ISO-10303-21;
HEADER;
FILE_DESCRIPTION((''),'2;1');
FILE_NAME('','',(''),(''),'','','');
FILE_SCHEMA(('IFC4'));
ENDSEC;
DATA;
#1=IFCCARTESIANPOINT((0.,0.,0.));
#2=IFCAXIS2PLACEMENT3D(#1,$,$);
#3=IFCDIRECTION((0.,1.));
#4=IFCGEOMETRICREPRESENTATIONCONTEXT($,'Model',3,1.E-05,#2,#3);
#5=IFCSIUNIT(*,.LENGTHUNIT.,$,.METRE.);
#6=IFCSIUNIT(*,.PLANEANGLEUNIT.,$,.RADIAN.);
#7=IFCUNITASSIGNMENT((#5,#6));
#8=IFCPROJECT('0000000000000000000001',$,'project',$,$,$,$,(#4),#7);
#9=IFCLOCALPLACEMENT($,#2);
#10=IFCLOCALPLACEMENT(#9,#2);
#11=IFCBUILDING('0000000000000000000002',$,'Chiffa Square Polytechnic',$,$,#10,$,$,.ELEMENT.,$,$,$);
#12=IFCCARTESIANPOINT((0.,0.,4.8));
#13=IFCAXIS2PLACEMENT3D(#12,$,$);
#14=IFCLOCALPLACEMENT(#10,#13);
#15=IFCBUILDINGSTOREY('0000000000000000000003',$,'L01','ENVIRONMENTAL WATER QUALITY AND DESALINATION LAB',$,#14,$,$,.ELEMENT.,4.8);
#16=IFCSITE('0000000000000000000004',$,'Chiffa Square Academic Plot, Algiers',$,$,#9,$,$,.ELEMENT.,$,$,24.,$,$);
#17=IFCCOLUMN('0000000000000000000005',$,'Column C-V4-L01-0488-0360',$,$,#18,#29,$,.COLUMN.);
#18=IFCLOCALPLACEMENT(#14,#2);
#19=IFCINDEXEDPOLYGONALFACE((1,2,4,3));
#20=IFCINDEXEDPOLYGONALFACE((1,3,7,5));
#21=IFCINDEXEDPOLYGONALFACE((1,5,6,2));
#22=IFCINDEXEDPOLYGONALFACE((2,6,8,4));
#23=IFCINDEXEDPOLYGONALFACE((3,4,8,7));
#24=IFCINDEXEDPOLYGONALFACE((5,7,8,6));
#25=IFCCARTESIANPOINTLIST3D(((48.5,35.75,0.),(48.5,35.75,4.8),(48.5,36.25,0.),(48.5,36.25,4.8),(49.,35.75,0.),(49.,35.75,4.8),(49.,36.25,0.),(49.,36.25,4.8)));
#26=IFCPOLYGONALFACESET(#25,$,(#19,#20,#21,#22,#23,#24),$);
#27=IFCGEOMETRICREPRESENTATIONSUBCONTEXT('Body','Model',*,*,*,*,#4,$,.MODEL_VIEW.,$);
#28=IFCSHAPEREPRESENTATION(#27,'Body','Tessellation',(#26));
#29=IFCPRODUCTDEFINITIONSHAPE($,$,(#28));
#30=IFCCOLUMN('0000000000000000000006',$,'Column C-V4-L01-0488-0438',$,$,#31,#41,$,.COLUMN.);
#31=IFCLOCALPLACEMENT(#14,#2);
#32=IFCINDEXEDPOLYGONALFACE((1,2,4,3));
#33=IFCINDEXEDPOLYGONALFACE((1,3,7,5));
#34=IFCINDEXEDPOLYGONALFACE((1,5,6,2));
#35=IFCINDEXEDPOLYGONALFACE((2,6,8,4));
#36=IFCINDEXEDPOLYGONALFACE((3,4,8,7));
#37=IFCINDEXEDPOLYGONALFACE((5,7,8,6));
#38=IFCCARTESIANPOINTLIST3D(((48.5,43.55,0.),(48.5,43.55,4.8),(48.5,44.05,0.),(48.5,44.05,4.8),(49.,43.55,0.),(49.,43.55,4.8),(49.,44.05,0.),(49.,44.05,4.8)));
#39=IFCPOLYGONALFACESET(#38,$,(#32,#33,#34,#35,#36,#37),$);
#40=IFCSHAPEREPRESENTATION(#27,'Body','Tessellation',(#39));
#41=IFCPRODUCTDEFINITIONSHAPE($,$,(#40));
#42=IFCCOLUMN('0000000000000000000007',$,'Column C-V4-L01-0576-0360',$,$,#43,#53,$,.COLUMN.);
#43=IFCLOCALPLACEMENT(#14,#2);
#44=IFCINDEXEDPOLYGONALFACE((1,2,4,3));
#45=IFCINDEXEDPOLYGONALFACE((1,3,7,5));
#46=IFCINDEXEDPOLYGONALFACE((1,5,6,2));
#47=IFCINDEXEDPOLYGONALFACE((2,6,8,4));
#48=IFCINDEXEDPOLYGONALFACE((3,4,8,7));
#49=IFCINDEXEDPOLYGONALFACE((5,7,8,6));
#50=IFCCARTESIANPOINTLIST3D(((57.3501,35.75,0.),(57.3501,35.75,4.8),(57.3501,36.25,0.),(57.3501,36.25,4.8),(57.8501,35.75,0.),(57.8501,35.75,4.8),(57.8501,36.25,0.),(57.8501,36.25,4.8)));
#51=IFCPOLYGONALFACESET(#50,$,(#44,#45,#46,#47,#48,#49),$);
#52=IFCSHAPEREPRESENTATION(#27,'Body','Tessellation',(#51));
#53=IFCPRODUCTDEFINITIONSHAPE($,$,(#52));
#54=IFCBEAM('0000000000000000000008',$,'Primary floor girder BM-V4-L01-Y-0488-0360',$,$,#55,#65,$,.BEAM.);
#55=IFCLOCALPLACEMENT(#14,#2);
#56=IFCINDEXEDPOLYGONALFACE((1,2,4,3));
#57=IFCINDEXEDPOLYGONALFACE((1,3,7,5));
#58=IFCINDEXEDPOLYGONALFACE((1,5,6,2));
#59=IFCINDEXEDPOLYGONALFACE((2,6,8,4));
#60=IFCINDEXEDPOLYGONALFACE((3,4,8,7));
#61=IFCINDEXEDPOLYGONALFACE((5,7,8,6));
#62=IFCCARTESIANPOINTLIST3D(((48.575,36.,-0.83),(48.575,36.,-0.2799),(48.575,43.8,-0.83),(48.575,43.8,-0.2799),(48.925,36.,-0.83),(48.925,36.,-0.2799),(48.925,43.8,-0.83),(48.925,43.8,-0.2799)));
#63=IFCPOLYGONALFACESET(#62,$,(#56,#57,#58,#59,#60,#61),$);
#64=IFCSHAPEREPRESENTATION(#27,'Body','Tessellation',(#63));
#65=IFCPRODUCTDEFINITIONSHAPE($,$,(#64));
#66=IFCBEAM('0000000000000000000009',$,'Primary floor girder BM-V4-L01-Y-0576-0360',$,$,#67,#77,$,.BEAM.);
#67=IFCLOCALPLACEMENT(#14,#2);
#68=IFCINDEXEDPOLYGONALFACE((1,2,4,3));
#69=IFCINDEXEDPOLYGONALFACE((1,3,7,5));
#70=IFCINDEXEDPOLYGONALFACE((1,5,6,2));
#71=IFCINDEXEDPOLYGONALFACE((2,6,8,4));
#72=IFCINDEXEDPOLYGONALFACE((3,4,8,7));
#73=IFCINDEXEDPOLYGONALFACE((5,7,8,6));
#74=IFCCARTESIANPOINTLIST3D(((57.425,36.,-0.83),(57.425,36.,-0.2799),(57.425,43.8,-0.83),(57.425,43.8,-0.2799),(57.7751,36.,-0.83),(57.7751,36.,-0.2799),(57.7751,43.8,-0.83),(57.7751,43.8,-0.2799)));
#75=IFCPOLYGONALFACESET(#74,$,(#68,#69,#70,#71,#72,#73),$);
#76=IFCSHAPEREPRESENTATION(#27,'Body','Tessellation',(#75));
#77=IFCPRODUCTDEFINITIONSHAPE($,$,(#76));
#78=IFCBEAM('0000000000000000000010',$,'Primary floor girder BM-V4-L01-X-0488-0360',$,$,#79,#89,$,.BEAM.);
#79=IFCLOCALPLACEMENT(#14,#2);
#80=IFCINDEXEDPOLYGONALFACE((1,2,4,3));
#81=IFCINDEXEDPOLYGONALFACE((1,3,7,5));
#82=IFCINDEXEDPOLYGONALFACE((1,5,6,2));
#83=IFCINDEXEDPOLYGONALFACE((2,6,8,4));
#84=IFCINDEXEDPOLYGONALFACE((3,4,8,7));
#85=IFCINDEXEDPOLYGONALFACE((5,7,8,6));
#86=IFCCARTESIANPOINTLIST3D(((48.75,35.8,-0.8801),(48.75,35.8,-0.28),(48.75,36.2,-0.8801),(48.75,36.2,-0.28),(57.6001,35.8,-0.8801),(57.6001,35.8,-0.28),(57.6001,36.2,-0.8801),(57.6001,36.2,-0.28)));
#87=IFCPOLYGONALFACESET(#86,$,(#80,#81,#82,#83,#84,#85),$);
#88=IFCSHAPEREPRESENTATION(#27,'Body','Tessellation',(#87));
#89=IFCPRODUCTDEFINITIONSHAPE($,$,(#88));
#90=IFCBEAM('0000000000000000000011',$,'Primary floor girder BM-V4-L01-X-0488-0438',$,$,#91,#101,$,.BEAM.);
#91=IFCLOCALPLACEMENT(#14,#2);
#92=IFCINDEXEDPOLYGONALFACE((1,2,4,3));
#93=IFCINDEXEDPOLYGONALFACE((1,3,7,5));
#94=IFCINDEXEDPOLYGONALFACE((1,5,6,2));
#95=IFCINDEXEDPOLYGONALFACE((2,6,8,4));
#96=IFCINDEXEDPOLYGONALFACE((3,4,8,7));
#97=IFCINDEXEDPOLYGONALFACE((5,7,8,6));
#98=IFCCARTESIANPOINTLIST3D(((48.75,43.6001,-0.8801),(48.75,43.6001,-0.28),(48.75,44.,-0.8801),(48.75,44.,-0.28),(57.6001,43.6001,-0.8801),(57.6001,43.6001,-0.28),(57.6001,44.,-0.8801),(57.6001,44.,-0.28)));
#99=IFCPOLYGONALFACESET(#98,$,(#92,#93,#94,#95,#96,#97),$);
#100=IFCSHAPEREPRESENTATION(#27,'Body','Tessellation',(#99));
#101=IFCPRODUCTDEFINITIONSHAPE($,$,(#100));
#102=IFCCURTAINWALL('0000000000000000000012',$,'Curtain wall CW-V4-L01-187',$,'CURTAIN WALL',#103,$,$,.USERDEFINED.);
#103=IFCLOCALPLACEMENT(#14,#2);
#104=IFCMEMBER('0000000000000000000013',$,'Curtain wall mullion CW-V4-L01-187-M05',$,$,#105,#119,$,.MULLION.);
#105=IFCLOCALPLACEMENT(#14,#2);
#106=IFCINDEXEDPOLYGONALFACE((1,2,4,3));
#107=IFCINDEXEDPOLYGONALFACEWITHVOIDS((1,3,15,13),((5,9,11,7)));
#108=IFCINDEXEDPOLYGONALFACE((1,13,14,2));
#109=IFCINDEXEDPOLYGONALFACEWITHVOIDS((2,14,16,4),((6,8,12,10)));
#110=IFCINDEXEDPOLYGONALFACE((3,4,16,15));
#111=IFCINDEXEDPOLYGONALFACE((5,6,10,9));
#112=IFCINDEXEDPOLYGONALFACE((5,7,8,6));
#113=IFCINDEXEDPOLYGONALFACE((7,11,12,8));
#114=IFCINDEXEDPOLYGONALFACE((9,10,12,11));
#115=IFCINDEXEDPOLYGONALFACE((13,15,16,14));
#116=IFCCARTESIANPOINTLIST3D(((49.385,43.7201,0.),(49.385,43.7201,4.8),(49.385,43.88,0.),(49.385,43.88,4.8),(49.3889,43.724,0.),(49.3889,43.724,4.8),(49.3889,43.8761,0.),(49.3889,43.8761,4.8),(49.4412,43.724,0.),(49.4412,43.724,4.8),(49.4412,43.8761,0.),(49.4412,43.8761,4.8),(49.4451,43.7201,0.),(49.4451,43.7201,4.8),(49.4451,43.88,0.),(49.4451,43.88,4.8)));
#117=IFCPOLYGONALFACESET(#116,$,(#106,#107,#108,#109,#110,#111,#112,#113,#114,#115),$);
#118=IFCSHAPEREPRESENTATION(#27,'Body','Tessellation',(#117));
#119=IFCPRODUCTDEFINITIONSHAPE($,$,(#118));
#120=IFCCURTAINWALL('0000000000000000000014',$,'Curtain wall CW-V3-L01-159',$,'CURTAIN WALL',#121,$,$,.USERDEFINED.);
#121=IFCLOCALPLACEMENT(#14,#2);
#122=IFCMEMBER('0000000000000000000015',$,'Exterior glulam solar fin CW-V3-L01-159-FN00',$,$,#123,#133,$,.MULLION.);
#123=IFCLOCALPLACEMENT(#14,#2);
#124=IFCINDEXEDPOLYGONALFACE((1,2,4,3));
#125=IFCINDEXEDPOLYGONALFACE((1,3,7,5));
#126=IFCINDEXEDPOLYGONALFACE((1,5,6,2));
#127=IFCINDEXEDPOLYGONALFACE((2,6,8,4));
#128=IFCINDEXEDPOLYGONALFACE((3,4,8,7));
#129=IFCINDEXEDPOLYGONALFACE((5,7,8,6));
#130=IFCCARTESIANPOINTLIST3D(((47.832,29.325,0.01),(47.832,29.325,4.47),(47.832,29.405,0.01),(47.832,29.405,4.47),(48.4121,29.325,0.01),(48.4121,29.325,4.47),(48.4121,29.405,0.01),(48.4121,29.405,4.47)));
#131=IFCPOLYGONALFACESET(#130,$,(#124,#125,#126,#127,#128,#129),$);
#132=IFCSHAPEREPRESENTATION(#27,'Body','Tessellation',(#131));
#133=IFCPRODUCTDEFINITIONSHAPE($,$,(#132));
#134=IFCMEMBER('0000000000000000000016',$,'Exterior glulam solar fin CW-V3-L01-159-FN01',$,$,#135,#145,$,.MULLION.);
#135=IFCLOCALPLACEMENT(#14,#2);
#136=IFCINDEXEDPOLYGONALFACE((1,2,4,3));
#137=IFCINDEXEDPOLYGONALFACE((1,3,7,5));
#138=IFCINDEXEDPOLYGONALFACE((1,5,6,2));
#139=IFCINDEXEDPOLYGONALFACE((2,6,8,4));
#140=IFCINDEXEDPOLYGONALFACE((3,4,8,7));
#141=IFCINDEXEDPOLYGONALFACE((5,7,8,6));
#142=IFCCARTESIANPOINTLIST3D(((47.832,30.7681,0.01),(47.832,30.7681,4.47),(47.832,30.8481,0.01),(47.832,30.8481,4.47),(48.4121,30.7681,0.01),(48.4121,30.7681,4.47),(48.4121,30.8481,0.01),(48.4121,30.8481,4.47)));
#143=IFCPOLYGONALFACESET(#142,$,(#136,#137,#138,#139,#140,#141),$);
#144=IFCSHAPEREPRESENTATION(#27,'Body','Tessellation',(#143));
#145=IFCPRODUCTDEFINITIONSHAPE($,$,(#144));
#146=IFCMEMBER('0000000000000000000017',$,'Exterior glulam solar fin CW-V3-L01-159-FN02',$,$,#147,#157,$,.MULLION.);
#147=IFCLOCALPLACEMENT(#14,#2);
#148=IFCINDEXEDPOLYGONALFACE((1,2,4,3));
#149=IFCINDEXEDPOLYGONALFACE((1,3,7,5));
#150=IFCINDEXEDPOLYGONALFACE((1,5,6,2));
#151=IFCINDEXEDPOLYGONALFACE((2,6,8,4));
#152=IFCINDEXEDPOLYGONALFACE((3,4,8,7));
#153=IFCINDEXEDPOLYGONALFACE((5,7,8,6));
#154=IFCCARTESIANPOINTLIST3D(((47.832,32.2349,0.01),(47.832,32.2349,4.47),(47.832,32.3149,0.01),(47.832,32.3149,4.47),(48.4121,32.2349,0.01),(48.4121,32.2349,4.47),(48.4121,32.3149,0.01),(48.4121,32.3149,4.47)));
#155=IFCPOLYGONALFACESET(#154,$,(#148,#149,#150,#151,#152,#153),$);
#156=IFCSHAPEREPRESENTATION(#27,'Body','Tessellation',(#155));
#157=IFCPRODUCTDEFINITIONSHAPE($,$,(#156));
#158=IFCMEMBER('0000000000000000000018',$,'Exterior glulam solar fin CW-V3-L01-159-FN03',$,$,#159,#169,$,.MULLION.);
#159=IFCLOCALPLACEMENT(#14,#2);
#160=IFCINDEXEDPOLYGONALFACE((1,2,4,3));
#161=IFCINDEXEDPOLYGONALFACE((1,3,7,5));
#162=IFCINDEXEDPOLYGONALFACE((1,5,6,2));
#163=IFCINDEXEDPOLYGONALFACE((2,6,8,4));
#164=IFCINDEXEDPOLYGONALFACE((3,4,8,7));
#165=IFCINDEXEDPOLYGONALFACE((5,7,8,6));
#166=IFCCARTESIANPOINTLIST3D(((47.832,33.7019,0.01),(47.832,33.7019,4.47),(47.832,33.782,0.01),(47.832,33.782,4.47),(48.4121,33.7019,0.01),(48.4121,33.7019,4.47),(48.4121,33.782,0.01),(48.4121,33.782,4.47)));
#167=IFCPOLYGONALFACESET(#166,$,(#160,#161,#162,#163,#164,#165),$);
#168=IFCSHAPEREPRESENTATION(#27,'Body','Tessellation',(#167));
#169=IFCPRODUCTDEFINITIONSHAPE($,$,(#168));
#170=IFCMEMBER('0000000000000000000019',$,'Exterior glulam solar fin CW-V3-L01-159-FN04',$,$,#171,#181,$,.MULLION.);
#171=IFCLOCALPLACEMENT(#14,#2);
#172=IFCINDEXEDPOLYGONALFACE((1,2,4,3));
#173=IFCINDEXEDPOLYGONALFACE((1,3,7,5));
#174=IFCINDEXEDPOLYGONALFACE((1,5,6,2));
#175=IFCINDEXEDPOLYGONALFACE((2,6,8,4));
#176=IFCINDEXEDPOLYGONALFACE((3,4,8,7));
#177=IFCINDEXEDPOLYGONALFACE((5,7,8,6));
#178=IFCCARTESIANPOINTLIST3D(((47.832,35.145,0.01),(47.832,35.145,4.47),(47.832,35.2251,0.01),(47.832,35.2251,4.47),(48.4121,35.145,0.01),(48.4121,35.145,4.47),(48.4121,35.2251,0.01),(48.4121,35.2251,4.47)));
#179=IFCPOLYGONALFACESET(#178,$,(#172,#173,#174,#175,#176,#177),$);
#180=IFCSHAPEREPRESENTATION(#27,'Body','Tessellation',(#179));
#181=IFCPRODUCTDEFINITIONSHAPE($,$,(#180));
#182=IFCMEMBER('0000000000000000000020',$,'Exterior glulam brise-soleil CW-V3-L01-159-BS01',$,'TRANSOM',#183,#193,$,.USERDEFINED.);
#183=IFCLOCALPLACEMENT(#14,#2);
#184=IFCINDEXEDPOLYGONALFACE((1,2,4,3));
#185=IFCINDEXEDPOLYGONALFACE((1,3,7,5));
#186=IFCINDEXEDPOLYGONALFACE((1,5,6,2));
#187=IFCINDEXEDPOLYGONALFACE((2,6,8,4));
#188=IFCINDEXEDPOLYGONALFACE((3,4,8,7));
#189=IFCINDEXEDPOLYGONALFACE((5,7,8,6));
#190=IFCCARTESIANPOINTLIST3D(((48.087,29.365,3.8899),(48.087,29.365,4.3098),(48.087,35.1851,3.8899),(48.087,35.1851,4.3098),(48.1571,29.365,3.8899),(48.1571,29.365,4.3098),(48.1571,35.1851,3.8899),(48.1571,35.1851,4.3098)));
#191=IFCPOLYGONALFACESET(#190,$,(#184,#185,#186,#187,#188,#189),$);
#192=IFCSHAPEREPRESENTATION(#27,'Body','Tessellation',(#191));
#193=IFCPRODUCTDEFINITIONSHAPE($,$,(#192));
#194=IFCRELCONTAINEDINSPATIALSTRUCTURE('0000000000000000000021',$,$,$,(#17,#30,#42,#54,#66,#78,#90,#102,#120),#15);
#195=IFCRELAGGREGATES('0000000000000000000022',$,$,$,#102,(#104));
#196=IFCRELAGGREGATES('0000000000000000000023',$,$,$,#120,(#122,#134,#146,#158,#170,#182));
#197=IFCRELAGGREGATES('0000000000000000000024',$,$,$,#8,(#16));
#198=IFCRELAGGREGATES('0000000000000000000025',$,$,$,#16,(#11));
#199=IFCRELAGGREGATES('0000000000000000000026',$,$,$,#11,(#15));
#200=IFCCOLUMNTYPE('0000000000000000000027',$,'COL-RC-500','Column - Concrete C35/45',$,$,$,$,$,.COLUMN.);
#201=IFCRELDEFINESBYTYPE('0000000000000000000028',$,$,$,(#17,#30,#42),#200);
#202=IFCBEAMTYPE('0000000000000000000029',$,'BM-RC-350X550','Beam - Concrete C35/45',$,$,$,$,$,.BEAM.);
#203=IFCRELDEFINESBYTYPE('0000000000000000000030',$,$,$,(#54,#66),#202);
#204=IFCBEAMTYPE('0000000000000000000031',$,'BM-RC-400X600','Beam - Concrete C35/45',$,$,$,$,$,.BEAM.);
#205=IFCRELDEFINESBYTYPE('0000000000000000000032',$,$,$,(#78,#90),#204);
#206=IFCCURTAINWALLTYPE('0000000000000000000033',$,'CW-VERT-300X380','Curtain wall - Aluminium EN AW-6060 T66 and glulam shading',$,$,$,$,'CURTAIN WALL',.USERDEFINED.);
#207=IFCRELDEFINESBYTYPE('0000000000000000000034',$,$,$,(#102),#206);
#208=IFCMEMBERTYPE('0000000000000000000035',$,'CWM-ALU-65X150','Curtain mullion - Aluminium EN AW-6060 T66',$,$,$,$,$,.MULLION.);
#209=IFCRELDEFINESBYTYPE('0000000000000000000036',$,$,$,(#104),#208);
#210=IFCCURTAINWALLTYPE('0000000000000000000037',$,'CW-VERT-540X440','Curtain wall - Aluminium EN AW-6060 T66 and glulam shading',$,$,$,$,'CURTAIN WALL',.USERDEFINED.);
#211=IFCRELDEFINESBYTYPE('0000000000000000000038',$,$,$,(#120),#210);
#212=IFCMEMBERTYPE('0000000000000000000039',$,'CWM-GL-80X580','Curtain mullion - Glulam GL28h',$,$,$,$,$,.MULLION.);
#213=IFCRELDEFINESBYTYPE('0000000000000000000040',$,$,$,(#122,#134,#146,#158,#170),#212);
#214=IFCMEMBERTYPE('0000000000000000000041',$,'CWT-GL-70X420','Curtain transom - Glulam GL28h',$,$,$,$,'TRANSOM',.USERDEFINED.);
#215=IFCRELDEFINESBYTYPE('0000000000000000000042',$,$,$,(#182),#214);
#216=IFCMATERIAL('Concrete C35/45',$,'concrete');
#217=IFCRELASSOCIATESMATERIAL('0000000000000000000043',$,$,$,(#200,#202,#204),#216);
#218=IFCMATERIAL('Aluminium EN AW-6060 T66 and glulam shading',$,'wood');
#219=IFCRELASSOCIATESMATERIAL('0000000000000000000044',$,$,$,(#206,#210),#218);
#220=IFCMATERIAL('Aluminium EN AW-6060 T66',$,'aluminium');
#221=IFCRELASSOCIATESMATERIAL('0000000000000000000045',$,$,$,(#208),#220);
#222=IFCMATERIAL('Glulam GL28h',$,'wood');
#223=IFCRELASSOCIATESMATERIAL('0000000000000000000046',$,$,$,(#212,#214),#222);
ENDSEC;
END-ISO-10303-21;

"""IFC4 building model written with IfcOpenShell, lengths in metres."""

from ifc_helpers import new_model, si_unit, direction, frame, origin, origin_2d, place, context, subcontext, project, spatial, rectangle, hollow_rectangle, extrude, material, material_profile, profile_set, type_object, element, aggregate, save


model = new_model("IFC4")

# Units and contexts
model_context = context("Model", 3, precision=1e-05, world=origin(), true_north=direction((0.0, 1.0)))
body_context = subcontext(model_context, "Body", "Model", "MODEL_VIEW")
ifc_project = project(units=[si_unit("LENGTHUNIT", "METRE"), si_unit("PLANEANGLEUNIT", "RADIAN")], contexts=[model_context])

# Site, building, storey
site_placement = place(None, origin())
site = spatial("IfcSite", under=ifc_project, at=site_placement, Name="Chiffa Square Academic Plot, Algiers", CompositionType="ELEMENT", RefElevation=24.0)
building_placement = place(site_placement, origin())
building = spatial("IfcBuilding", under=site, at=building_placement, Name="Chiffa Square Polytechnic", CompositionType="ELEMENT")
storey_placement = place(building_placement, frame((0.0, 0.0, 4.8)))
storey = spatial("IfcBuildingStorey", under=building, at=storey_placement, Name="L01", Description="ENVIRONMENTAL WATER QUALITY AND DESALINATION LAB", CompositionType="ELEMENT", Elevation=4.8)

# Columns
ifc_material_1 = material(Name="Concrete C35/45", Category="concrete")
ifc_material_profile_1 = material_profile(ifc_material_1, rectangle(XDim=0.5, YDim=0.5, at=origin_2d()), Name="RC 500x500")
ifc_profile_set_1 = profile_set([ifc_material_profile_1], Name="Concrete C35/45")
column_type = type_object("IfcColumnType", Name="COL-RC-500", Description="Column - Concrete C35/45", PredefinedType="COLUMN", material=ifc_profile_set_1)
for number, where, z_axis, x_axis, name in (
    (1, (48.75, 36.0, 0.0), (0.0, 0.0, 1.0), (1.0, 0.0, 0.0), "Column C-V4-L01-0488-0360"),
    (2, (48.75, 43.8, 0.0), (0.0, 0.0, 1.0), (1.0, 0.0, 0.0), "Column C-V4-L01-0488-0438"),
    (3, (57.6001, 36.0, 0.0), (0.0, 0.0, 1.0), (1.0, 0.0, 0.0), "Column C-V4-L01-0576-0360"),
):
    element("IfcColumn", number, at=place(storey_placement, frame(where, z_axis=z_axis, x_axis=x_axis)), inside=storey, type_object=column_type, Name=name, PredefinedType="COLUMN", context=body_context, shape_type="SweptSolid", body=[
        extrude(rectangle(XDim=0.5, YDim=0.5, at=origin_2d()), origin(), (0.0, 0.0, 1.0), 4.8),
    ])

# Beams
ifc_material_profile_2 = material_profile(ifc_material_1, rectangle(XDim=0.3501, YDim=0.55, at=origin_2d()), Name="RC 350x550")
ifc_profile_set_2 = profile_set([ifc_material_profile_2], Name="Concrete C35/45")
beam_type_1 = type_object("IfcBeamType", Name="BM-RC-350X550", Description="Beam - Concrete C35/45", PredefinedType="BEAM", material=ifc_profile_set_2)
for number, where, z_axis, x_axis, name in (
    (4, (48.75, 36.0, -0.5549), (0.0, 1.0, 0.0), (-1.0, 0.0, 0.0), "Primary floor girder BM-V4-L01-Y-0488-0360"),
    (5, (57.6001, 36.0, -0.5549), (0.0, 1.0, 0.0), (-1.0, 0.0, 0.0), "Primary floor girder BM-V4-L01-Y-0576-0360"),
):
    element("IfcBeam", number, at=place(storey_placement, frame(where, z_axis=z_axis, x_axis=x_axis)), inside=storey, type_object=beam_type_1, Name=name, PredefinedType="BEAM", context=body_context, shape_type="SweptSolid", body=[
        extrude(rectangle(XDim=0.3501, YDim=0.55, at=origin_2d()), origin(), (0.0, 0.0, 1.0), 7.8),
    ])
ifc_material_profile_3 = material_profile(ifc_material_1, rectangle(XDim=0.3999, YDim=0.6001, at=origin_2d()), Name="RC 400x600")
ifc_profile_set_3 = profile_set([ifc_material_profile_3], Name="Concrete C35/45")
beam_type_2 = type_object("IfcBeamType", Name="BM-RC-400X600", Description="Beam - Concrete C35/45", PredefinedType="BEAM", material=ifc_profile_set_3)
for number, where, z_axis, x_axis, name in (
    (6, (48.75, 36.0, -0.5801), (1.0, 0.0, 0.0), (0.0, 1.0, 0.0), "Primary floor girder BM-V4-L01-X-0488-0360"),
    (7, (48.75, 43.8, -0.5801), (1.0, 0.0, 0.0), (0.0, 1.0, 0.0), "Primary floor girder BM-V4-L01-X-0488-0438"),
):
    element("IfcBeam", number, at=place(storey_placement, frame(where, z_axis=z_axis, x_axis=x_axis)), inside=storey, type_object=beam_type_2, Name=name, PredefinedType="BEAM", context=body_context, shape_type="SweptSolid", body=[
        extrude(rectangle(XDim=0.3999, YDim=0.6001, at=origin_2d()), origin(), (0.0, 0.0, 1.0), 8.8501),
    ])

# Curtain wall, member
ifc_material_2 = material(Name="Aluminium EN AW-6060 T66 and glulam shading", Category="wood")
curtain_wall_type_1 = type_object("IfcCurtainWallType", Name="CW-VERT-300X380", Description="Curtain wall - Aluminium EN AW-6060 T66 and glulam shading", ElementType="CURTAIN WALL", PredefinedType="USERDEFINED", material=ifc_material_2)
curtain_wall_1_placement = place(storey_placement, origin())
curtain_wall_1 = element("IfcCurtainWall", 8, at=curtain_wall_1_placement, inside=storey, type_object=curtain_wall_type_1, Name="Curtain wall CW-V4-L01-187", ObjectType="CURTAIN WALL", PredefinedType="USERDEFINED")
ifc_material_3 = material(Name="Aluminium EN AW-6060 T66", Category="aluminium")
ifc_material_profile_4 = material_profile(ifc_material_3, hollow_rectangle(XDim=0.0601, YDim=0.1599, WallThickness=0.0039, at=origin_2d()), Name="ALU 60x160x4")
ifc_profile_set_4 = profile_set([ifc_material_profile_4], Name="Aluminium EN AW-6060 T66")
member_type_1 = type_object("IfcMemberType", Name="CWM-ALU-65X150", Description="Curtain mullion - Aluminium EN AW-6060 T66", PredefinedType="MULLION", material=ifc_profile_set_4)
member_1_placement = place(storey_placement, frame((49.415, 43.8, 0.0), z_axis=(0.0, 0.0, 1.0), x_axis=(1.0, 0.0, 0.0)))
member_1 = element("IfcMember", 9, at=member_1_placement, type_object=member_type_1, Name="Curtain wall mullion CW-V4-L01-187-M05", PredefinedType="MULLION", context=body_context, shape_type="SweptSolid", body=[
    extrude(hollow_rectangle(XDim=0.0601, YDim=0.1599, WallThickness=0.0039, at=origin_2d()), origin(), (0.0, 0.0, 1.0), 4.8),
])
aggregate(curtain_wall_1, [member_1])

# Curtain wall, members
curtain_wall_type_2 = type_object("IfcCurtainWallType", Name="CW-VERT-540X440", Description="Curtain wall - Aluminium EN AW-6060 T66 and glulam shading", ElementType="CURTAIN WALL", PredefinedType="USERDEFINED", material=ifc_material_2)
curtain_wall_2_placement = place(storey_placement, origin())
curtain_wall_2 = element("IfcCurtainWall", 10, at=curtain_wall_2_placement, inside=storey, type_object=curtain_wall_type_2, Name="Curtain wall CW-V3-L01-159", ObjectType="CURTAIN WALL", PredefinedType="USERDEFINED")
ifc_material_4 = material(Name="Glulam GL28h", Category="wood")
ifc_material_profile_5 = material_profile(ifc_material_4, rectangle(XDim=0.0801, YDim=0.5801, at=origin_2d()), Name="GL28h 80x580")
ifc_profile_set_5 = profile_set([ifc_material_profile_5], Name="Glulam GL28h")
member_type_2 = type_object("IfcMemberType", Name="CWM-GL-80X580", Description="Curtain mullion - Glulam GL28h", PredefinedType="MULLION", material=ifc_profile_set_5)
member_2_placement = place(storey_placement, frame((48.1221, 29.365, 0.01), z_axis=(0.0, 0.0, 1.0), x_axis=(0.0, 1.0, 0.0)))
member_2 = element("IfcMember", 11, at=member_2_placement, type_object=member_type_2, Name="Exterior glulam solar fin CW-V3-L01-159-FN00", PredefinedType="MULLION", context=body_context, shape_type="SweptSolid", body=[
    extrude(rectangle(XDim=0.0801, YDim=0.5801, at=origin_2d()), origin(), (0.0, 0.0, 1.0), 4.46),
])
member_3_placement = place(storey_placement, frame((48.1221, 30.8081, 0.01), z_axis=(0.0, 0.0, 1.0), x_axis=(0.0, 1.0, 0.0)))
member_3 = element("IfcMember", 12, at=member_3_placement, type_object=member_type_2, Name="Exterior glulam solar fin CW-V3-L01-159-FN01", PredefinedType="MULLION", context=body_context, shape_type="SweptSolid", body=[
    extrude(rectangle(XDim=0.0801, YDim=0.5801, at=origin_2d()), origin(), (0.0, 0.0, 1.0), 4.46),
])
member_4_placement = place(storey_placement, frame((48.1221, 32.2749, 0.01), z_axis=(0.0, 0.0, 1.0), x_axis=(0.0, 1.0, 0.0)))
member_4 = element("IfcMember", 13, at=member_4_placement, type_object=member_type_2, Name="Exterior glulam solar fin CW-V3-L01-159-FN02", PredefinedType="MULLION", context=body_context, shape_type="SweptSolid", body=[
    extrude(rectangle(XDim=0.0801, YDim=0.5801, at=origin_2d()), origin(), (0.0, 0.0, 1.0), 4.46),
])
member_5_placement = place(storey_placement, frame((48.1221, 33.7419, 0.01), z_axis=(0.0, 0.0, 1.0), x_axis=(0.0, 1.0, 0.0)))
member_5 = element("IfcMember", 14, at=member_5_placement, type_object=member_type_2, Name="Exterior glulam solar fin CW-V3-L01-159-FN03", PredefinedType="MULLION", context=body_context, shape_type="SweptSolid", body=[
    extrude(rectangle(XDim=0.0801, YDim=0.5801, at=origin_2d()), origin(), (0.0, 0.0, 1.0), 4.46),
])
member_6_placement = place(storey_placement, frame((48.1221, 35.1851, 0.01), z_axis=(0.0, 0.0, 1.0), x_axis=(0.0, 1.0, 0.0)))
member_6 = element("IfcMember", 15, at=member_6_placement, type_object=member_type_2, Name="Exterior glulam solar fin CW-V3-L01-159-FN04", PredefinedType="MULLION", context=body_context, shape_type="SweptSolid", body=[
    extrude(rectangle(XDim=0.0801, YDim=0.5801, at=origin_2d()), origin(), (0.0, 0.0, 1.0), 4.46),
])
ifc_material_profile_6 = material_profile(ifc_material_4, rectangle(XDim=0.0701, YDim=0.4199, at=origin_2d()), Name="GL28h 70x420")
ifc_profile_set_6 = profile_set([ifc_material_profile_6], Name="Glulam GL28h")
member_type_3 = type_object("IfcMemberType", Name="CWT-GL-70X420", Description="Curtain transom - Glulam GL28h", ElementType="TRANSOM", PredefinedType="USERDEFINED", material=ifc_profile_set_6)
member_7_placement = place(storey_placement, frame((48.1221, 29.365, 4.0999), z_axis=(0.0, 1.0, 0.0), x_axis=(-1.0, 0.0, 0.0)))
member_7 = element("IfcMember", 16, at=member_7_placement, type_object=member_type_3, Name="Exterior glulam brise-soleil CW-V3-L01-159-BS01", ObjectType="TRANSOM", PredefinedType="USERDEFINED", context=body_context, shape_type="SweptSolid", body=[
    extrude(rectangle(XDim=0.0701, YDim=0.4199, at=origin_2d()), origin(), (0.0, 0.0, 1.0), 5.8201),
])
aggregate(curtain_wall_2, [member_2, member_3, member_4, member_5, member_6, member_7])

save(model, "model.ifc")
